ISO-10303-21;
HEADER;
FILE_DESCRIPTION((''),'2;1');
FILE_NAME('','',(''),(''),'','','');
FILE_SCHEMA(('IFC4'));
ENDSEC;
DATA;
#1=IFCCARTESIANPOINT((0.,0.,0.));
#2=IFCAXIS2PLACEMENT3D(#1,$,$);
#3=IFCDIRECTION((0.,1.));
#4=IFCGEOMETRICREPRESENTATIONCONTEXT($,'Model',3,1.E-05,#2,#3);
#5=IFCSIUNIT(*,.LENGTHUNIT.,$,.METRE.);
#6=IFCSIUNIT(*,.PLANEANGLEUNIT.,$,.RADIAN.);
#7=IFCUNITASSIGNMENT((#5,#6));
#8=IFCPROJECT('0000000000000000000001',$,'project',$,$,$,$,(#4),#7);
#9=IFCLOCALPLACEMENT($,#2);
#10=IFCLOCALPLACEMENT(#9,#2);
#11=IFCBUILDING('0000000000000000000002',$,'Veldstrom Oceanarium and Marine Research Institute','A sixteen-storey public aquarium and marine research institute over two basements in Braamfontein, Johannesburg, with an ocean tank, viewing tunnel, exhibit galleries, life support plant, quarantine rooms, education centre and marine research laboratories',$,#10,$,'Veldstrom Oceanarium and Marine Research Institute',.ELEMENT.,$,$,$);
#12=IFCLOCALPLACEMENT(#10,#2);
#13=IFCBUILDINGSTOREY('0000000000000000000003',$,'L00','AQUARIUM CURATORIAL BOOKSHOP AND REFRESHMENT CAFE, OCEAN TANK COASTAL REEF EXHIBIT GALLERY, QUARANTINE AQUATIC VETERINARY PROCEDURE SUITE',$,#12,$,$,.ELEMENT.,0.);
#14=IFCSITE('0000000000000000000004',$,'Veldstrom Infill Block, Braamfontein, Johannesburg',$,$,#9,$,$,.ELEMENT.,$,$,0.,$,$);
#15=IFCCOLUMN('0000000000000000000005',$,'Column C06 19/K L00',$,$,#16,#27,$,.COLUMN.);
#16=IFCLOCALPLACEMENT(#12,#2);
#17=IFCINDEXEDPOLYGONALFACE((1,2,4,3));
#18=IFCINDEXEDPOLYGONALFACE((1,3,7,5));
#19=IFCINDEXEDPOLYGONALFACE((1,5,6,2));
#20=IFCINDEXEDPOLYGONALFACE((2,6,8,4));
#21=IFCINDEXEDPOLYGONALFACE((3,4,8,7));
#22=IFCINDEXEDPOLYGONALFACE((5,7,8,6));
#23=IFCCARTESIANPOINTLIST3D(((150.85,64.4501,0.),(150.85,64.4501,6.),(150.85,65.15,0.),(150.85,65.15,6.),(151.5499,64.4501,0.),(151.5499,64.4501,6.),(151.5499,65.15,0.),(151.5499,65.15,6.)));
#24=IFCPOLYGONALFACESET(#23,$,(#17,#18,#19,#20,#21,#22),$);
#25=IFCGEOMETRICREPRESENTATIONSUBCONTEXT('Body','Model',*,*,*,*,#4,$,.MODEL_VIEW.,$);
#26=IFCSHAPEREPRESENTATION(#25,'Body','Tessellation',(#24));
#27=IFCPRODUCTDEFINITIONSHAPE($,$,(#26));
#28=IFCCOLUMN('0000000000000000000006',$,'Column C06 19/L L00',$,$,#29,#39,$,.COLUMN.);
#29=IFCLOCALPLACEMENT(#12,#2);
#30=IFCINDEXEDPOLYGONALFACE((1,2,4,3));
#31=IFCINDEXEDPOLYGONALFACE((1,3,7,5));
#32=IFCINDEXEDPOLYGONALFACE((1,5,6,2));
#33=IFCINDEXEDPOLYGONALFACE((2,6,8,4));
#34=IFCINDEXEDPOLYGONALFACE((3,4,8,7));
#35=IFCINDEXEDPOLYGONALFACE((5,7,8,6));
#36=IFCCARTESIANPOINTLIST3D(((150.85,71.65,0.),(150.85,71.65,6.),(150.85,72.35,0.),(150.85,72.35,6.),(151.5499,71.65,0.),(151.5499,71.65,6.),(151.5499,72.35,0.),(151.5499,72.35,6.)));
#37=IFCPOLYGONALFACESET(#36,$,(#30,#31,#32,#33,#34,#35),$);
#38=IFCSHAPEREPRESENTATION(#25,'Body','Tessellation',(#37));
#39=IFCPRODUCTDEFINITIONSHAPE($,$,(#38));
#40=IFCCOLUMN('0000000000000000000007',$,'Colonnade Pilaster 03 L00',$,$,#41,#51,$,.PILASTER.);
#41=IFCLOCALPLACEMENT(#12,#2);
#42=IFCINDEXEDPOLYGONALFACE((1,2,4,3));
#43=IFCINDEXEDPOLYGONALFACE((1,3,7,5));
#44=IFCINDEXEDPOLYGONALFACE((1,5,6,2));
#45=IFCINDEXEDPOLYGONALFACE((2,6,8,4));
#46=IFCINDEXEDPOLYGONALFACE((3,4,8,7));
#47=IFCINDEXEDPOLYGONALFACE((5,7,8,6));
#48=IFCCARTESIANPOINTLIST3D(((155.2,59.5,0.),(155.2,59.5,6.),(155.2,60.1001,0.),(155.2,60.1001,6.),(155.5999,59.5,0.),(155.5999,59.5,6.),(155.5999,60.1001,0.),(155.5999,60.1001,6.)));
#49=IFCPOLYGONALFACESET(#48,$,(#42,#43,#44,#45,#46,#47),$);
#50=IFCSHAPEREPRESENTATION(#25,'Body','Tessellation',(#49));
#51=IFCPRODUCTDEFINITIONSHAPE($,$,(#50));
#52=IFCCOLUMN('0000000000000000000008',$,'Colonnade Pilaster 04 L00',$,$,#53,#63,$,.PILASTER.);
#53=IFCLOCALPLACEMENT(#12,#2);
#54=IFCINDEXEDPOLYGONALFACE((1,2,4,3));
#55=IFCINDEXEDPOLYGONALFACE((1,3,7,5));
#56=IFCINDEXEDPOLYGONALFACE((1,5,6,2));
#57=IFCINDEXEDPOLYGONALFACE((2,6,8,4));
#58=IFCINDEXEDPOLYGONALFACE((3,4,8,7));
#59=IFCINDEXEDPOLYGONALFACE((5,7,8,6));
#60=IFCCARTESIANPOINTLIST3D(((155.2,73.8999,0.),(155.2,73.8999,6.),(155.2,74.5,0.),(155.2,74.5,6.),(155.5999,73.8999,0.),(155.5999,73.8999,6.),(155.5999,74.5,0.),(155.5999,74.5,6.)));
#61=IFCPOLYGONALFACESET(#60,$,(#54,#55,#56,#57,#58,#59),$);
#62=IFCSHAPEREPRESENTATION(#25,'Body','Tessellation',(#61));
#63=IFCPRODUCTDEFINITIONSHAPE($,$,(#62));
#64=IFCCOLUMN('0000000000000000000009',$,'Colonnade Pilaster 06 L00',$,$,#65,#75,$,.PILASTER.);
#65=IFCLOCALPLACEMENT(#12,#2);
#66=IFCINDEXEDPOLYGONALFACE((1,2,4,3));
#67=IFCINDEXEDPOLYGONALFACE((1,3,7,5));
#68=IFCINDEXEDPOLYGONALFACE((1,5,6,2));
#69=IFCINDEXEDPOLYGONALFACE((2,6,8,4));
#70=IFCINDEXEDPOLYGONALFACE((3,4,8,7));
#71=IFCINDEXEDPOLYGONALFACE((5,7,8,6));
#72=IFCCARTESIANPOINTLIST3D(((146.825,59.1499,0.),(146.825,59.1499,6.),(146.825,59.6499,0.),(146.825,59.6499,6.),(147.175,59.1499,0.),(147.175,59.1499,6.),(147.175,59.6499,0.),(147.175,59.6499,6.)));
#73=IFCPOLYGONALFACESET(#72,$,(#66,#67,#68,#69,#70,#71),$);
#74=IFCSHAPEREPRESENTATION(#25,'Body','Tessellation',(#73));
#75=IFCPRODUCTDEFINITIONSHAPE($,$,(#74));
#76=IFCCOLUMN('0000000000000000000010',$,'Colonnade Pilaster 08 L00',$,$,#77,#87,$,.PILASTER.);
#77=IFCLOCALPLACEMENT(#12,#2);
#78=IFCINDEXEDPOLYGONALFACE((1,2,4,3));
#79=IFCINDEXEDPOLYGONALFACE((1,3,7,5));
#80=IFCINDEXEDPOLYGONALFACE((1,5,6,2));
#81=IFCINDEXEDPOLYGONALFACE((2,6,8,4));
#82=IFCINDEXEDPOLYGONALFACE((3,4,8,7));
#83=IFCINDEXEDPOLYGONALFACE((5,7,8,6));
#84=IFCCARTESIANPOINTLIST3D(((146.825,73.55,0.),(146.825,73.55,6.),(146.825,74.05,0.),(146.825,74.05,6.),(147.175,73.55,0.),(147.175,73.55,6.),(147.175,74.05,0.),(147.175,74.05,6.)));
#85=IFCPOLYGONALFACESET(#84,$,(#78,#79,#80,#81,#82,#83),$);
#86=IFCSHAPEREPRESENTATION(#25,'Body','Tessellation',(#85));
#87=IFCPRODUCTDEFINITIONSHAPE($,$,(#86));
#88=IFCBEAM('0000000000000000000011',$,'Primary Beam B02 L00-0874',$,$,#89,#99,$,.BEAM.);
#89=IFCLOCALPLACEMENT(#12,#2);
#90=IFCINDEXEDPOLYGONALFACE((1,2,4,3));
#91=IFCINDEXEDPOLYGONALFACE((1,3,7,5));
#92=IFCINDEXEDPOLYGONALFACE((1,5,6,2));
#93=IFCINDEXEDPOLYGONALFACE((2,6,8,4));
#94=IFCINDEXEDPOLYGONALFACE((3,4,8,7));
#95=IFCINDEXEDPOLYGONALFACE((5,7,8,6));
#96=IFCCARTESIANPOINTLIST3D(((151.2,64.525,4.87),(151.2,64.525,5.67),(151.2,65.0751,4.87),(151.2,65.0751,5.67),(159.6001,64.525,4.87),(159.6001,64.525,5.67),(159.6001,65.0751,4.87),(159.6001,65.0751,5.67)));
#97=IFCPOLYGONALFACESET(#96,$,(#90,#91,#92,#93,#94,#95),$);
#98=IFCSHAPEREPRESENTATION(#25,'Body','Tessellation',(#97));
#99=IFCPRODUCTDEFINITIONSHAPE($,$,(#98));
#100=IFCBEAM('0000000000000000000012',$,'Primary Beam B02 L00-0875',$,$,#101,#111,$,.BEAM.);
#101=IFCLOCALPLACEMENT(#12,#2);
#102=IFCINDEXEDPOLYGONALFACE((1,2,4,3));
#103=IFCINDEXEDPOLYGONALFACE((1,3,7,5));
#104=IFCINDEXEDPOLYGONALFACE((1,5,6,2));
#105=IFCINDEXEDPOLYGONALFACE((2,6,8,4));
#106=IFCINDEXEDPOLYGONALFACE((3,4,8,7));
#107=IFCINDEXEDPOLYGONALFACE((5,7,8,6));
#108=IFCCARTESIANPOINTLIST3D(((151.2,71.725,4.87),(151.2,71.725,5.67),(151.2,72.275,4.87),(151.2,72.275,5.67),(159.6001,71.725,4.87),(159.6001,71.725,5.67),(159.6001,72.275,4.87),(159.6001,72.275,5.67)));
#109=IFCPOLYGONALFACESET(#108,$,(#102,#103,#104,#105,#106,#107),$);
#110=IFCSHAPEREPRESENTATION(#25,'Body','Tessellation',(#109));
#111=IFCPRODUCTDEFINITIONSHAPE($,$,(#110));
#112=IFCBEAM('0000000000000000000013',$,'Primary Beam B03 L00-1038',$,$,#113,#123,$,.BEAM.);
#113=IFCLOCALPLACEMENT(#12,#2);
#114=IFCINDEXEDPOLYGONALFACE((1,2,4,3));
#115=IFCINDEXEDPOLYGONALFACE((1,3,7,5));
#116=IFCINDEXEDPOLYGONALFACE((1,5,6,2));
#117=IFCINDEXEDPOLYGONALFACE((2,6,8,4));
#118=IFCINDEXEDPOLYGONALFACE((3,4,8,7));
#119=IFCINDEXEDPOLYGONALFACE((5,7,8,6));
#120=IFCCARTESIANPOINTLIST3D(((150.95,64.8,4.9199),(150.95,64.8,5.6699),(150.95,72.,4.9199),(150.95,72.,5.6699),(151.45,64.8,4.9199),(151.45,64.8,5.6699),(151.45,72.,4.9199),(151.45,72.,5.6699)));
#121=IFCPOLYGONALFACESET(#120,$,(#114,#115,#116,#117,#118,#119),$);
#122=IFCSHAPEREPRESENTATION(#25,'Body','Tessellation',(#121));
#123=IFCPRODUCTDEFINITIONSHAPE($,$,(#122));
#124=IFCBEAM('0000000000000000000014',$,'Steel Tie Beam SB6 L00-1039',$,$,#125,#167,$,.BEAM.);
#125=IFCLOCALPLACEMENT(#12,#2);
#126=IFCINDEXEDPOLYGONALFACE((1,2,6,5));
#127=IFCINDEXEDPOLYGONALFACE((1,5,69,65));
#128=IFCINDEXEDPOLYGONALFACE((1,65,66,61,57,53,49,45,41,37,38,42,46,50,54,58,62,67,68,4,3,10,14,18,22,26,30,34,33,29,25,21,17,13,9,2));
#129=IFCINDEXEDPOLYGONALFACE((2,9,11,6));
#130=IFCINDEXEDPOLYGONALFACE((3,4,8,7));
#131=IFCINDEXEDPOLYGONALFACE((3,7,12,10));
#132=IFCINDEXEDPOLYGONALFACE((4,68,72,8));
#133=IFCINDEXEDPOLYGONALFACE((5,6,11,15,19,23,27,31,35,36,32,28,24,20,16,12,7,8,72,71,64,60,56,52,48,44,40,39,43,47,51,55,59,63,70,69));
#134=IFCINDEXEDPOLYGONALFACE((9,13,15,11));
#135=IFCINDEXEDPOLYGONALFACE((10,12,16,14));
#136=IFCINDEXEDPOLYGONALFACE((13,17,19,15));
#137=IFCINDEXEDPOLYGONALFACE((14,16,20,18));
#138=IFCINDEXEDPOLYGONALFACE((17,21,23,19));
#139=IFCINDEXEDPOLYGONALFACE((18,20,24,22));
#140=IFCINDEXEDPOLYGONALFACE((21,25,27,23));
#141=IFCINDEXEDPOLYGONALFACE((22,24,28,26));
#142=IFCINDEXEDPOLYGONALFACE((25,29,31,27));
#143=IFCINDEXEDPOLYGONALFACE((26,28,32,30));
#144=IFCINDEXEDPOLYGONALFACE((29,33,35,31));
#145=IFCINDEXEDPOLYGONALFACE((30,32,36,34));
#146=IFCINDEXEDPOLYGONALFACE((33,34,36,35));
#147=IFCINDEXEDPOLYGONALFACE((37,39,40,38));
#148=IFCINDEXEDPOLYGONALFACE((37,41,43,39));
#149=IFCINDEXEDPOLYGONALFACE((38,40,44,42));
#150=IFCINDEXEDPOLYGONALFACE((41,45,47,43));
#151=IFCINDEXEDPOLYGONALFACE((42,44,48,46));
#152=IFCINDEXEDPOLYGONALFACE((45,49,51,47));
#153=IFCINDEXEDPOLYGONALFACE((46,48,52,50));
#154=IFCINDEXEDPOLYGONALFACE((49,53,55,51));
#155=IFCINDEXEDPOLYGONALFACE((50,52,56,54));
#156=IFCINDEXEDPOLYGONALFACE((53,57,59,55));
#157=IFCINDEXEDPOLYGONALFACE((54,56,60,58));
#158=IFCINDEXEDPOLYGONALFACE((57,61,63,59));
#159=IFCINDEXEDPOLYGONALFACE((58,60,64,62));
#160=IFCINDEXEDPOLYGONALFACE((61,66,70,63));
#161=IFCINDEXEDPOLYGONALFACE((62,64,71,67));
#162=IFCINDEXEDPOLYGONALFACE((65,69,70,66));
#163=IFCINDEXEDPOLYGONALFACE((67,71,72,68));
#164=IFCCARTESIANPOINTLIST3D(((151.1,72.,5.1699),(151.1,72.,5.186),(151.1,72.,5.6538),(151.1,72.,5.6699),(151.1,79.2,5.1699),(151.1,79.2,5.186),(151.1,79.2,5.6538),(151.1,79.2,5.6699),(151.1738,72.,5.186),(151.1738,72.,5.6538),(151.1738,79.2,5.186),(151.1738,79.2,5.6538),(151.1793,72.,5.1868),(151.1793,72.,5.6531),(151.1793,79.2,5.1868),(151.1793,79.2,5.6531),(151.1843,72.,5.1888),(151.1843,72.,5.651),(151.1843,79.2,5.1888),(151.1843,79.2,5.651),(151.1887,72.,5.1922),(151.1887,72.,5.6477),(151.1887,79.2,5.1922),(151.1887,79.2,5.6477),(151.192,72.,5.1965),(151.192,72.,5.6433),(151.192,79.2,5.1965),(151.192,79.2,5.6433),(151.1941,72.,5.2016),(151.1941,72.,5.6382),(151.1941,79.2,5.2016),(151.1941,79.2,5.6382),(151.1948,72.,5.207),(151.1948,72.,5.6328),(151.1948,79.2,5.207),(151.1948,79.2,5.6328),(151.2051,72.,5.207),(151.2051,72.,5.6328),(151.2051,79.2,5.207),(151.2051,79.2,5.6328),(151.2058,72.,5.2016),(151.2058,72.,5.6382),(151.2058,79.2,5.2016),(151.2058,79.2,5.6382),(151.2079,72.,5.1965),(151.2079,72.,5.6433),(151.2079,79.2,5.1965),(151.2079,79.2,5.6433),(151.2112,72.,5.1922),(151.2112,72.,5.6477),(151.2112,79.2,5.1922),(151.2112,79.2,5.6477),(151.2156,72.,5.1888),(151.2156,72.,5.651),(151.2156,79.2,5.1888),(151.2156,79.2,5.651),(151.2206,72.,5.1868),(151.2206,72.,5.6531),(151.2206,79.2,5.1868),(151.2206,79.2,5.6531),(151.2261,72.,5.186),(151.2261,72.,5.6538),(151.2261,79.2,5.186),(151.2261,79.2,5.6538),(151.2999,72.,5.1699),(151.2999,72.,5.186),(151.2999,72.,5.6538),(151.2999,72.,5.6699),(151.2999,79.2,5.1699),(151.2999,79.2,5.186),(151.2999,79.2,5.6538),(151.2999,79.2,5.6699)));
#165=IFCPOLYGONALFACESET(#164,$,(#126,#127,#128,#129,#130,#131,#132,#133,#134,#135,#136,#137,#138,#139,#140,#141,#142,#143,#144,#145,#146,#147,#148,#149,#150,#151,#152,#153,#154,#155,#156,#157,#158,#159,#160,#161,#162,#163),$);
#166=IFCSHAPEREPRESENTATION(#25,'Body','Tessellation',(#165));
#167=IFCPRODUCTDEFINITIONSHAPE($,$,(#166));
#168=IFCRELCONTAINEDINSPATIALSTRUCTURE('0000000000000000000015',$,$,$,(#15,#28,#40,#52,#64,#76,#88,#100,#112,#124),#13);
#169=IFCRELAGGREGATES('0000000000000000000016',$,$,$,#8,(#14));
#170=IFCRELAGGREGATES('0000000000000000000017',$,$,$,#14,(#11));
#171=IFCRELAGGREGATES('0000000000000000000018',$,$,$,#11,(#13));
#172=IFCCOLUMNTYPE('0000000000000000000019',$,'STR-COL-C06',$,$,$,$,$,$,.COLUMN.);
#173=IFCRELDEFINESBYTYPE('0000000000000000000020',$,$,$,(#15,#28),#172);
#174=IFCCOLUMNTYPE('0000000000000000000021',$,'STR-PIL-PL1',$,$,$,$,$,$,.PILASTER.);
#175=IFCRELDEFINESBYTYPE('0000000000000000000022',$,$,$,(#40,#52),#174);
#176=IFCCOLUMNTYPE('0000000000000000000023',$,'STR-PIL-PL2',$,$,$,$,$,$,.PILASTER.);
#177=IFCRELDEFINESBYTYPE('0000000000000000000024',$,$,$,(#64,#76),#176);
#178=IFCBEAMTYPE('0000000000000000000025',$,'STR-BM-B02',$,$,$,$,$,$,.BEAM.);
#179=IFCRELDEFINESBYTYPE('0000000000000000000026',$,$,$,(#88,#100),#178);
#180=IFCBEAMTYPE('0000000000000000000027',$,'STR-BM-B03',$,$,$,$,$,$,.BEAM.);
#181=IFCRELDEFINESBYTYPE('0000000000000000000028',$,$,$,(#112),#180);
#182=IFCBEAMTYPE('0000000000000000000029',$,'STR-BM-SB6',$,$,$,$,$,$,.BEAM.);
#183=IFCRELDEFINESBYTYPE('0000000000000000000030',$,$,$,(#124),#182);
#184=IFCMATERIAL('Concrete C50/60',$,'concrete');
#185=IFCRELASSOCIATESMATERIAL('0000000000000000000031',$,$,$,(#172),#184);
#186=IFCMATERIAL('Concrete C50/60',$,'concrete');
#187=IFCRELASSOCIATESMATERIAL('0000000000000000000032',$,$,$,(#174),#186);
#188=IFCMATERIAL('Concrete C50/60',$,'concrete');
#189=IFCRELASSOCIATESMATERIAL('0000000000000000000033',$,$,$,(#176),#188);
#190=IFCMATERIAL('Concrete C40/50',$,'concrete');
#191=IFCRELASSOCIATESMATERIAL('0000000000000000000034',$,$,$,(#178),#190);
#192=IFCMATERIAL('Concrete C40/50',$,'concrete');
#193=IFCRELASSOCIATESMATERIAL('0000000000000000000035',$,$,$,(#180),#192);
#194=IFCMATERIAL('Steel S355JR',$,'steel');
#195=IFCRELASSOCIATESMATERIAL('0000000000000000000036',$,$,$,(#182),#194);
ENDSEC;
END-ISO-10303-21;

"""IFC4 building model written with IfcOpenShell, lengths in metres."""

from ifc_helpers import new_model, si_unit, direction, frame, origin, origin_2d, place, context, subcontext, project, spatial, rectangle, i_section, extrude, material, material_profile, profile_set, type_object, element, save


model = new_model("IFC4")

# Units and contexts
model_context = context("Model", 3, precision=1e-05, world=origin(), true_north=direction((0.0, 1.0)))
body_context = subcontext(model_context, "Body", "Model", "MODEL_VIEW")
ifc_project = project(units=[si_unit("LENGTHUNIT", "METRE"), si_unit("PLANEANGLEUNIT", "RADIAN")], contexts=[model_context])

# Site, building, storey
site_placement = place(None, origin())
site = spatial("IfcSite", under=ifc_project, at=site_placement, Name="Veldstrom Infill Block, Braamfontein, Johannesburg", CompositionType="ELEMENT", RefElevation=0.0)
building_placement = place(site_placement, origin())
building = spatial("IfcBuilding", under=site, at=building_placement, Name="Veldstrom Oceanarium and Marine Research Institute", Description="A sixteen-storey public aquarium and marine research institute over two basements in Braamfontein, Johannesburg, with an ocean tank, viewing tunnel, exhibit galleries, life support plant, quarantine rooms, education centre and marine research laboratories", LongName="Veldstrom Oceanarium and Marine Research Institute", CompositionType="ELEMENT")
storey_placement = place(building_placement, origin())
storey = spatial("IfcBuildingStorey", under=building, at=storey_placement, Name="L00", Description="AQUARIUM CURATORIAL BOOKSHOP AND REFRESHMENT CAFE, OCEAN TANK COASTAL REEF EXHIBIT GALLERY, QUARANTINE AQUATIC VETERINARY PROCEDURE SUITE", CompositionType="ELEMENT", Elevation=0.0)

# Columns
ifc_material_1 = material(Name="Concrete C50/60", Category="concrete")
ifc_material_profile_1 = material_profile(ifc_material_1, rectangle(XDim=0.7, YDim=0.7, at=origin_2d()), Name="RC-COL-700x700")
ifc_profile_set_1 = profile_set([ifc_material_profile_1], Name="Concrete C50/60")
column_type_1 = type_object("IfcColumnType", Name="STR-COL-C06", PredefinedType="COLUMN", material=ifc_profile_set_1)
for number, where, z_axis, x_axis, name in (
    (1, (151.2, 64.8, 0.0), (0.0, 0.0, 1.0), (1.0, 0.0, 0.0), "Column C06 19/K L00"),
    (2, (151.2, 72.0, 0.0), (0.0, 0.0, 1.0), (1.0, 0.0, 0.0), "Column C06 19/L L00"),
):
    element("IfcColumn", number, at=place(storey_placement, frame(where, z_axis=z_axis, x_axis=x_axis)), inside=storey, type_object=column_type_1, Name=name, PredefinedType="COLUMN", context=body_context, shape_type="SweptSolid", body=[
        extrude(rectangle(XDim=0.7, YDim=0.7, at=origin_2d()), origin(), (0.0, 0.0, 1.0), 6.0),
    ])
ifc_material_2 = material(Name="Concrete C50/60", Category="concrete")
ifc_material_profile_2 = material_profile(ifc_material_2, rectangle(XDim=0.3999, YDim=0.6001, at=origin_2d()), Name="RC-PIL-600x400")
ifc_profile_set_2 = profile_set([ifc_material_profile_2], Name="Concrete C50/60")
column_type_2 = type_object("IfcColumnType", Name="STR-PIL-PL1", PredefinedType="PILASTER", material=ifc_profile_set_2)
for number, where, z_axis, x_axis, name in (
    (3, (155.3999, 59.8, 0.0), (0.0, 0.0, 1.0), (1.0, 0.0, 0.0), "Colonnade Pilaster 03 L00"),
    (4, (155.3999, 74.2, 0.0), (0.0, 0.0, 1.0), (1.0, 0.0, 0.0), "Colonnade Pilaster 04 L00"),
):
    element("IfcColumn", number, at=place(storey_placement, frame(where, z_axis=z_axis, x_axis=x_axis)), inside=storey, type_object=column_type_2, Name=name, PredefinedType="PILASTER", context=body_context, shape_type="SweptSolid", body=[
        extrude(rectangle(XDim=0.3999, YDim=0.6001, at=origin_2d()), origin(), (0.0, 0.0, 1.0), 6.0),
    ])
ifc_material_3 = material(Name="Concrete C50/60", Category="concrete")
ifc_material_profile_3 = material_profile(ifc_material_3, rectangle(XDim=0.3501, YDim=0.5, at=origin_2d()), Name="RC-PIL-500x350")
ifc_profile_set_3 = profile_set([ifc_material_profile_3], Name="Concrete C50/60")
column_type_3 = type_object("IfcColumnType", Name="STR-PIL-PL2", PredefinedType="PILASTER", material=ifc_profile_set_3)
for number, where, z_axis, x_axis, name in (
    (5, (147.0, 59.3999, 0.0), (0.0, 0.0, 1.0), (1.0, 0.0, 0.0), "Colonnade Pilaster 06 L00"),
    (6, (147.0, 73.8, 0.0), (0.0, 0.0, 1.0), (1.0, 0.0, 0.0), "Colonnade Pilaster 08 L00"),
):
    element("IfcColumn", number, at=place(storey_placement, frame(where, z_axis=z_axis, x_axis=x_axis)), inside=storey, type_object=column_type_3, Name=name, PredefinedType="PILASTER", context=body_context, shape_type="SweptSolid", body=[
        extrude(rectangle(XDim=0.3501, YDim=0.5, at=origin_2d()), origin(), (0.0, 0.0, 1.0), 6.0),
    ])

# Beams
ifc_material_4 = material(Name="Concrete C40/50", Category="concrete")
ifc_material_profile_4 = material_profile(ifc_material_4, rectangle(XDim=0.55, YDim=0.8, at=origin_2d()), Name="RC-BM-550x800")
ifc_profile_set_4 = profile_set([ifc_material_profile_4], Name="Concrete C40/50")
beam_type_1 = type_object("IfcBeamType", Name="STR-BM-B02", PredefinedType="BEAM", material=ifc_profile_set_4)
for number, where, z_axis, x_axis, name in (
    (7, (151.2, 64.8, 5.27), (1.0, 0.0, 0.0), (0.0, 1.0, 0.0), "Primary Beam B02 L00-0874"),
    (8, (151.2, 72.0, 5.27), (1.0, 0.0, 0.0), (0.0, 1.0, 0.0), "Primary Beam B02 L00-0875"),
):
    element("IfcBeam", number, at=place(storey_placement, frame(where, z_axis=z_axis, x_axis=x_axis)), inside=storey, type_object=beam_type_1, Name=name, PredefinedType="BEAM", context=body_context, shape_type="SweptSolid", body=[
        extrude(rectangle(XDim=0.55, YDim=0.8, at=origin_2d()), origin(), (0.0, 0.0, 1.0), 8.4001),
    ])
ifc_material_5 = material(Name="Concrete C40/50", Category="concrete")
ifc_material_profile_5 = material_profile(ifc_material_5, rectangle(XDim=0.5, YDim=0.75, at=origin_2d()), Name="RC-BM-500x750")
ifc_profile_set_5 = profile_set([ifc_material_profile_5], Name="Concrete C40/50")
beam_type_2 = type_object("IfcBeamType", Name="STR-BM-B03", PredefinedType="BEAM", material=ifc_profile_set_5)
beam_1_placement = place(storey_placement, frame((151.2, 64.8, 5.2949), z_axis=(0.0, 1.0, 0.0), x_axis=(-1.0, 0.0, 0.0)))
element("IfcBeam", 9, at=beam_1_placement, inside=storey, type_object=beam_type_2, Name="Primary Beam B03 L00-1038", PredefinedType="BEAM", context=body_context, shape_type="SweptSolid", body=[
    extrude(rectangle(XDim=0.5, YDim=0.75, at=origin_2d()), origin(), (0.0, 0.0, 1.0), 7.2),
])
ifc_material_6 = material(Name="Steel S355JR", Category="steel")
ifc_material_profile_6 = material_profile(ifc_material_6, i_section(OverallWidth=0.2, OverallDepth=0.5, WebThickness=0.0103, FlangeThickness=0.0161, FilletRadius=0.021, at=origin_2d()), Name="IPE 500")
ifc_profile_set_6 = profile_set([ifc_material_profile_6], Name="Steel S355JR")
beam_type_3 = type_object("IfcBeamType", Name="STR-BM-SB6", PredefinedType="BEAM", material=ifc_profile_set_6)
beam_2_placement = place(storey_placement, frame((151.2, 72.0, 5.4199), z_axis=(0.0, 1.0, 0.0), x_axis=(-1.0, 0.0, 0.0)))
element("IfcBeam", 10, at=beam_2_placement, inside=storey, type_object=beam_type_3, Name="Steel Tie Beam SB6 L00-1039", PredefinedType="BEAM", context=body_context, shape_type="SweptSolid", body=[
    extrude(i_section(OverallWidth=0.2, OverallDepth=0.5, WebThickness=0.0103, FlangeThickness=0.0161, FilletRadius=0.021, at=origin_2d()), origin(), (0.0, 0.0, 1.0), 7.2),
])

save(model, "model.ifc")
